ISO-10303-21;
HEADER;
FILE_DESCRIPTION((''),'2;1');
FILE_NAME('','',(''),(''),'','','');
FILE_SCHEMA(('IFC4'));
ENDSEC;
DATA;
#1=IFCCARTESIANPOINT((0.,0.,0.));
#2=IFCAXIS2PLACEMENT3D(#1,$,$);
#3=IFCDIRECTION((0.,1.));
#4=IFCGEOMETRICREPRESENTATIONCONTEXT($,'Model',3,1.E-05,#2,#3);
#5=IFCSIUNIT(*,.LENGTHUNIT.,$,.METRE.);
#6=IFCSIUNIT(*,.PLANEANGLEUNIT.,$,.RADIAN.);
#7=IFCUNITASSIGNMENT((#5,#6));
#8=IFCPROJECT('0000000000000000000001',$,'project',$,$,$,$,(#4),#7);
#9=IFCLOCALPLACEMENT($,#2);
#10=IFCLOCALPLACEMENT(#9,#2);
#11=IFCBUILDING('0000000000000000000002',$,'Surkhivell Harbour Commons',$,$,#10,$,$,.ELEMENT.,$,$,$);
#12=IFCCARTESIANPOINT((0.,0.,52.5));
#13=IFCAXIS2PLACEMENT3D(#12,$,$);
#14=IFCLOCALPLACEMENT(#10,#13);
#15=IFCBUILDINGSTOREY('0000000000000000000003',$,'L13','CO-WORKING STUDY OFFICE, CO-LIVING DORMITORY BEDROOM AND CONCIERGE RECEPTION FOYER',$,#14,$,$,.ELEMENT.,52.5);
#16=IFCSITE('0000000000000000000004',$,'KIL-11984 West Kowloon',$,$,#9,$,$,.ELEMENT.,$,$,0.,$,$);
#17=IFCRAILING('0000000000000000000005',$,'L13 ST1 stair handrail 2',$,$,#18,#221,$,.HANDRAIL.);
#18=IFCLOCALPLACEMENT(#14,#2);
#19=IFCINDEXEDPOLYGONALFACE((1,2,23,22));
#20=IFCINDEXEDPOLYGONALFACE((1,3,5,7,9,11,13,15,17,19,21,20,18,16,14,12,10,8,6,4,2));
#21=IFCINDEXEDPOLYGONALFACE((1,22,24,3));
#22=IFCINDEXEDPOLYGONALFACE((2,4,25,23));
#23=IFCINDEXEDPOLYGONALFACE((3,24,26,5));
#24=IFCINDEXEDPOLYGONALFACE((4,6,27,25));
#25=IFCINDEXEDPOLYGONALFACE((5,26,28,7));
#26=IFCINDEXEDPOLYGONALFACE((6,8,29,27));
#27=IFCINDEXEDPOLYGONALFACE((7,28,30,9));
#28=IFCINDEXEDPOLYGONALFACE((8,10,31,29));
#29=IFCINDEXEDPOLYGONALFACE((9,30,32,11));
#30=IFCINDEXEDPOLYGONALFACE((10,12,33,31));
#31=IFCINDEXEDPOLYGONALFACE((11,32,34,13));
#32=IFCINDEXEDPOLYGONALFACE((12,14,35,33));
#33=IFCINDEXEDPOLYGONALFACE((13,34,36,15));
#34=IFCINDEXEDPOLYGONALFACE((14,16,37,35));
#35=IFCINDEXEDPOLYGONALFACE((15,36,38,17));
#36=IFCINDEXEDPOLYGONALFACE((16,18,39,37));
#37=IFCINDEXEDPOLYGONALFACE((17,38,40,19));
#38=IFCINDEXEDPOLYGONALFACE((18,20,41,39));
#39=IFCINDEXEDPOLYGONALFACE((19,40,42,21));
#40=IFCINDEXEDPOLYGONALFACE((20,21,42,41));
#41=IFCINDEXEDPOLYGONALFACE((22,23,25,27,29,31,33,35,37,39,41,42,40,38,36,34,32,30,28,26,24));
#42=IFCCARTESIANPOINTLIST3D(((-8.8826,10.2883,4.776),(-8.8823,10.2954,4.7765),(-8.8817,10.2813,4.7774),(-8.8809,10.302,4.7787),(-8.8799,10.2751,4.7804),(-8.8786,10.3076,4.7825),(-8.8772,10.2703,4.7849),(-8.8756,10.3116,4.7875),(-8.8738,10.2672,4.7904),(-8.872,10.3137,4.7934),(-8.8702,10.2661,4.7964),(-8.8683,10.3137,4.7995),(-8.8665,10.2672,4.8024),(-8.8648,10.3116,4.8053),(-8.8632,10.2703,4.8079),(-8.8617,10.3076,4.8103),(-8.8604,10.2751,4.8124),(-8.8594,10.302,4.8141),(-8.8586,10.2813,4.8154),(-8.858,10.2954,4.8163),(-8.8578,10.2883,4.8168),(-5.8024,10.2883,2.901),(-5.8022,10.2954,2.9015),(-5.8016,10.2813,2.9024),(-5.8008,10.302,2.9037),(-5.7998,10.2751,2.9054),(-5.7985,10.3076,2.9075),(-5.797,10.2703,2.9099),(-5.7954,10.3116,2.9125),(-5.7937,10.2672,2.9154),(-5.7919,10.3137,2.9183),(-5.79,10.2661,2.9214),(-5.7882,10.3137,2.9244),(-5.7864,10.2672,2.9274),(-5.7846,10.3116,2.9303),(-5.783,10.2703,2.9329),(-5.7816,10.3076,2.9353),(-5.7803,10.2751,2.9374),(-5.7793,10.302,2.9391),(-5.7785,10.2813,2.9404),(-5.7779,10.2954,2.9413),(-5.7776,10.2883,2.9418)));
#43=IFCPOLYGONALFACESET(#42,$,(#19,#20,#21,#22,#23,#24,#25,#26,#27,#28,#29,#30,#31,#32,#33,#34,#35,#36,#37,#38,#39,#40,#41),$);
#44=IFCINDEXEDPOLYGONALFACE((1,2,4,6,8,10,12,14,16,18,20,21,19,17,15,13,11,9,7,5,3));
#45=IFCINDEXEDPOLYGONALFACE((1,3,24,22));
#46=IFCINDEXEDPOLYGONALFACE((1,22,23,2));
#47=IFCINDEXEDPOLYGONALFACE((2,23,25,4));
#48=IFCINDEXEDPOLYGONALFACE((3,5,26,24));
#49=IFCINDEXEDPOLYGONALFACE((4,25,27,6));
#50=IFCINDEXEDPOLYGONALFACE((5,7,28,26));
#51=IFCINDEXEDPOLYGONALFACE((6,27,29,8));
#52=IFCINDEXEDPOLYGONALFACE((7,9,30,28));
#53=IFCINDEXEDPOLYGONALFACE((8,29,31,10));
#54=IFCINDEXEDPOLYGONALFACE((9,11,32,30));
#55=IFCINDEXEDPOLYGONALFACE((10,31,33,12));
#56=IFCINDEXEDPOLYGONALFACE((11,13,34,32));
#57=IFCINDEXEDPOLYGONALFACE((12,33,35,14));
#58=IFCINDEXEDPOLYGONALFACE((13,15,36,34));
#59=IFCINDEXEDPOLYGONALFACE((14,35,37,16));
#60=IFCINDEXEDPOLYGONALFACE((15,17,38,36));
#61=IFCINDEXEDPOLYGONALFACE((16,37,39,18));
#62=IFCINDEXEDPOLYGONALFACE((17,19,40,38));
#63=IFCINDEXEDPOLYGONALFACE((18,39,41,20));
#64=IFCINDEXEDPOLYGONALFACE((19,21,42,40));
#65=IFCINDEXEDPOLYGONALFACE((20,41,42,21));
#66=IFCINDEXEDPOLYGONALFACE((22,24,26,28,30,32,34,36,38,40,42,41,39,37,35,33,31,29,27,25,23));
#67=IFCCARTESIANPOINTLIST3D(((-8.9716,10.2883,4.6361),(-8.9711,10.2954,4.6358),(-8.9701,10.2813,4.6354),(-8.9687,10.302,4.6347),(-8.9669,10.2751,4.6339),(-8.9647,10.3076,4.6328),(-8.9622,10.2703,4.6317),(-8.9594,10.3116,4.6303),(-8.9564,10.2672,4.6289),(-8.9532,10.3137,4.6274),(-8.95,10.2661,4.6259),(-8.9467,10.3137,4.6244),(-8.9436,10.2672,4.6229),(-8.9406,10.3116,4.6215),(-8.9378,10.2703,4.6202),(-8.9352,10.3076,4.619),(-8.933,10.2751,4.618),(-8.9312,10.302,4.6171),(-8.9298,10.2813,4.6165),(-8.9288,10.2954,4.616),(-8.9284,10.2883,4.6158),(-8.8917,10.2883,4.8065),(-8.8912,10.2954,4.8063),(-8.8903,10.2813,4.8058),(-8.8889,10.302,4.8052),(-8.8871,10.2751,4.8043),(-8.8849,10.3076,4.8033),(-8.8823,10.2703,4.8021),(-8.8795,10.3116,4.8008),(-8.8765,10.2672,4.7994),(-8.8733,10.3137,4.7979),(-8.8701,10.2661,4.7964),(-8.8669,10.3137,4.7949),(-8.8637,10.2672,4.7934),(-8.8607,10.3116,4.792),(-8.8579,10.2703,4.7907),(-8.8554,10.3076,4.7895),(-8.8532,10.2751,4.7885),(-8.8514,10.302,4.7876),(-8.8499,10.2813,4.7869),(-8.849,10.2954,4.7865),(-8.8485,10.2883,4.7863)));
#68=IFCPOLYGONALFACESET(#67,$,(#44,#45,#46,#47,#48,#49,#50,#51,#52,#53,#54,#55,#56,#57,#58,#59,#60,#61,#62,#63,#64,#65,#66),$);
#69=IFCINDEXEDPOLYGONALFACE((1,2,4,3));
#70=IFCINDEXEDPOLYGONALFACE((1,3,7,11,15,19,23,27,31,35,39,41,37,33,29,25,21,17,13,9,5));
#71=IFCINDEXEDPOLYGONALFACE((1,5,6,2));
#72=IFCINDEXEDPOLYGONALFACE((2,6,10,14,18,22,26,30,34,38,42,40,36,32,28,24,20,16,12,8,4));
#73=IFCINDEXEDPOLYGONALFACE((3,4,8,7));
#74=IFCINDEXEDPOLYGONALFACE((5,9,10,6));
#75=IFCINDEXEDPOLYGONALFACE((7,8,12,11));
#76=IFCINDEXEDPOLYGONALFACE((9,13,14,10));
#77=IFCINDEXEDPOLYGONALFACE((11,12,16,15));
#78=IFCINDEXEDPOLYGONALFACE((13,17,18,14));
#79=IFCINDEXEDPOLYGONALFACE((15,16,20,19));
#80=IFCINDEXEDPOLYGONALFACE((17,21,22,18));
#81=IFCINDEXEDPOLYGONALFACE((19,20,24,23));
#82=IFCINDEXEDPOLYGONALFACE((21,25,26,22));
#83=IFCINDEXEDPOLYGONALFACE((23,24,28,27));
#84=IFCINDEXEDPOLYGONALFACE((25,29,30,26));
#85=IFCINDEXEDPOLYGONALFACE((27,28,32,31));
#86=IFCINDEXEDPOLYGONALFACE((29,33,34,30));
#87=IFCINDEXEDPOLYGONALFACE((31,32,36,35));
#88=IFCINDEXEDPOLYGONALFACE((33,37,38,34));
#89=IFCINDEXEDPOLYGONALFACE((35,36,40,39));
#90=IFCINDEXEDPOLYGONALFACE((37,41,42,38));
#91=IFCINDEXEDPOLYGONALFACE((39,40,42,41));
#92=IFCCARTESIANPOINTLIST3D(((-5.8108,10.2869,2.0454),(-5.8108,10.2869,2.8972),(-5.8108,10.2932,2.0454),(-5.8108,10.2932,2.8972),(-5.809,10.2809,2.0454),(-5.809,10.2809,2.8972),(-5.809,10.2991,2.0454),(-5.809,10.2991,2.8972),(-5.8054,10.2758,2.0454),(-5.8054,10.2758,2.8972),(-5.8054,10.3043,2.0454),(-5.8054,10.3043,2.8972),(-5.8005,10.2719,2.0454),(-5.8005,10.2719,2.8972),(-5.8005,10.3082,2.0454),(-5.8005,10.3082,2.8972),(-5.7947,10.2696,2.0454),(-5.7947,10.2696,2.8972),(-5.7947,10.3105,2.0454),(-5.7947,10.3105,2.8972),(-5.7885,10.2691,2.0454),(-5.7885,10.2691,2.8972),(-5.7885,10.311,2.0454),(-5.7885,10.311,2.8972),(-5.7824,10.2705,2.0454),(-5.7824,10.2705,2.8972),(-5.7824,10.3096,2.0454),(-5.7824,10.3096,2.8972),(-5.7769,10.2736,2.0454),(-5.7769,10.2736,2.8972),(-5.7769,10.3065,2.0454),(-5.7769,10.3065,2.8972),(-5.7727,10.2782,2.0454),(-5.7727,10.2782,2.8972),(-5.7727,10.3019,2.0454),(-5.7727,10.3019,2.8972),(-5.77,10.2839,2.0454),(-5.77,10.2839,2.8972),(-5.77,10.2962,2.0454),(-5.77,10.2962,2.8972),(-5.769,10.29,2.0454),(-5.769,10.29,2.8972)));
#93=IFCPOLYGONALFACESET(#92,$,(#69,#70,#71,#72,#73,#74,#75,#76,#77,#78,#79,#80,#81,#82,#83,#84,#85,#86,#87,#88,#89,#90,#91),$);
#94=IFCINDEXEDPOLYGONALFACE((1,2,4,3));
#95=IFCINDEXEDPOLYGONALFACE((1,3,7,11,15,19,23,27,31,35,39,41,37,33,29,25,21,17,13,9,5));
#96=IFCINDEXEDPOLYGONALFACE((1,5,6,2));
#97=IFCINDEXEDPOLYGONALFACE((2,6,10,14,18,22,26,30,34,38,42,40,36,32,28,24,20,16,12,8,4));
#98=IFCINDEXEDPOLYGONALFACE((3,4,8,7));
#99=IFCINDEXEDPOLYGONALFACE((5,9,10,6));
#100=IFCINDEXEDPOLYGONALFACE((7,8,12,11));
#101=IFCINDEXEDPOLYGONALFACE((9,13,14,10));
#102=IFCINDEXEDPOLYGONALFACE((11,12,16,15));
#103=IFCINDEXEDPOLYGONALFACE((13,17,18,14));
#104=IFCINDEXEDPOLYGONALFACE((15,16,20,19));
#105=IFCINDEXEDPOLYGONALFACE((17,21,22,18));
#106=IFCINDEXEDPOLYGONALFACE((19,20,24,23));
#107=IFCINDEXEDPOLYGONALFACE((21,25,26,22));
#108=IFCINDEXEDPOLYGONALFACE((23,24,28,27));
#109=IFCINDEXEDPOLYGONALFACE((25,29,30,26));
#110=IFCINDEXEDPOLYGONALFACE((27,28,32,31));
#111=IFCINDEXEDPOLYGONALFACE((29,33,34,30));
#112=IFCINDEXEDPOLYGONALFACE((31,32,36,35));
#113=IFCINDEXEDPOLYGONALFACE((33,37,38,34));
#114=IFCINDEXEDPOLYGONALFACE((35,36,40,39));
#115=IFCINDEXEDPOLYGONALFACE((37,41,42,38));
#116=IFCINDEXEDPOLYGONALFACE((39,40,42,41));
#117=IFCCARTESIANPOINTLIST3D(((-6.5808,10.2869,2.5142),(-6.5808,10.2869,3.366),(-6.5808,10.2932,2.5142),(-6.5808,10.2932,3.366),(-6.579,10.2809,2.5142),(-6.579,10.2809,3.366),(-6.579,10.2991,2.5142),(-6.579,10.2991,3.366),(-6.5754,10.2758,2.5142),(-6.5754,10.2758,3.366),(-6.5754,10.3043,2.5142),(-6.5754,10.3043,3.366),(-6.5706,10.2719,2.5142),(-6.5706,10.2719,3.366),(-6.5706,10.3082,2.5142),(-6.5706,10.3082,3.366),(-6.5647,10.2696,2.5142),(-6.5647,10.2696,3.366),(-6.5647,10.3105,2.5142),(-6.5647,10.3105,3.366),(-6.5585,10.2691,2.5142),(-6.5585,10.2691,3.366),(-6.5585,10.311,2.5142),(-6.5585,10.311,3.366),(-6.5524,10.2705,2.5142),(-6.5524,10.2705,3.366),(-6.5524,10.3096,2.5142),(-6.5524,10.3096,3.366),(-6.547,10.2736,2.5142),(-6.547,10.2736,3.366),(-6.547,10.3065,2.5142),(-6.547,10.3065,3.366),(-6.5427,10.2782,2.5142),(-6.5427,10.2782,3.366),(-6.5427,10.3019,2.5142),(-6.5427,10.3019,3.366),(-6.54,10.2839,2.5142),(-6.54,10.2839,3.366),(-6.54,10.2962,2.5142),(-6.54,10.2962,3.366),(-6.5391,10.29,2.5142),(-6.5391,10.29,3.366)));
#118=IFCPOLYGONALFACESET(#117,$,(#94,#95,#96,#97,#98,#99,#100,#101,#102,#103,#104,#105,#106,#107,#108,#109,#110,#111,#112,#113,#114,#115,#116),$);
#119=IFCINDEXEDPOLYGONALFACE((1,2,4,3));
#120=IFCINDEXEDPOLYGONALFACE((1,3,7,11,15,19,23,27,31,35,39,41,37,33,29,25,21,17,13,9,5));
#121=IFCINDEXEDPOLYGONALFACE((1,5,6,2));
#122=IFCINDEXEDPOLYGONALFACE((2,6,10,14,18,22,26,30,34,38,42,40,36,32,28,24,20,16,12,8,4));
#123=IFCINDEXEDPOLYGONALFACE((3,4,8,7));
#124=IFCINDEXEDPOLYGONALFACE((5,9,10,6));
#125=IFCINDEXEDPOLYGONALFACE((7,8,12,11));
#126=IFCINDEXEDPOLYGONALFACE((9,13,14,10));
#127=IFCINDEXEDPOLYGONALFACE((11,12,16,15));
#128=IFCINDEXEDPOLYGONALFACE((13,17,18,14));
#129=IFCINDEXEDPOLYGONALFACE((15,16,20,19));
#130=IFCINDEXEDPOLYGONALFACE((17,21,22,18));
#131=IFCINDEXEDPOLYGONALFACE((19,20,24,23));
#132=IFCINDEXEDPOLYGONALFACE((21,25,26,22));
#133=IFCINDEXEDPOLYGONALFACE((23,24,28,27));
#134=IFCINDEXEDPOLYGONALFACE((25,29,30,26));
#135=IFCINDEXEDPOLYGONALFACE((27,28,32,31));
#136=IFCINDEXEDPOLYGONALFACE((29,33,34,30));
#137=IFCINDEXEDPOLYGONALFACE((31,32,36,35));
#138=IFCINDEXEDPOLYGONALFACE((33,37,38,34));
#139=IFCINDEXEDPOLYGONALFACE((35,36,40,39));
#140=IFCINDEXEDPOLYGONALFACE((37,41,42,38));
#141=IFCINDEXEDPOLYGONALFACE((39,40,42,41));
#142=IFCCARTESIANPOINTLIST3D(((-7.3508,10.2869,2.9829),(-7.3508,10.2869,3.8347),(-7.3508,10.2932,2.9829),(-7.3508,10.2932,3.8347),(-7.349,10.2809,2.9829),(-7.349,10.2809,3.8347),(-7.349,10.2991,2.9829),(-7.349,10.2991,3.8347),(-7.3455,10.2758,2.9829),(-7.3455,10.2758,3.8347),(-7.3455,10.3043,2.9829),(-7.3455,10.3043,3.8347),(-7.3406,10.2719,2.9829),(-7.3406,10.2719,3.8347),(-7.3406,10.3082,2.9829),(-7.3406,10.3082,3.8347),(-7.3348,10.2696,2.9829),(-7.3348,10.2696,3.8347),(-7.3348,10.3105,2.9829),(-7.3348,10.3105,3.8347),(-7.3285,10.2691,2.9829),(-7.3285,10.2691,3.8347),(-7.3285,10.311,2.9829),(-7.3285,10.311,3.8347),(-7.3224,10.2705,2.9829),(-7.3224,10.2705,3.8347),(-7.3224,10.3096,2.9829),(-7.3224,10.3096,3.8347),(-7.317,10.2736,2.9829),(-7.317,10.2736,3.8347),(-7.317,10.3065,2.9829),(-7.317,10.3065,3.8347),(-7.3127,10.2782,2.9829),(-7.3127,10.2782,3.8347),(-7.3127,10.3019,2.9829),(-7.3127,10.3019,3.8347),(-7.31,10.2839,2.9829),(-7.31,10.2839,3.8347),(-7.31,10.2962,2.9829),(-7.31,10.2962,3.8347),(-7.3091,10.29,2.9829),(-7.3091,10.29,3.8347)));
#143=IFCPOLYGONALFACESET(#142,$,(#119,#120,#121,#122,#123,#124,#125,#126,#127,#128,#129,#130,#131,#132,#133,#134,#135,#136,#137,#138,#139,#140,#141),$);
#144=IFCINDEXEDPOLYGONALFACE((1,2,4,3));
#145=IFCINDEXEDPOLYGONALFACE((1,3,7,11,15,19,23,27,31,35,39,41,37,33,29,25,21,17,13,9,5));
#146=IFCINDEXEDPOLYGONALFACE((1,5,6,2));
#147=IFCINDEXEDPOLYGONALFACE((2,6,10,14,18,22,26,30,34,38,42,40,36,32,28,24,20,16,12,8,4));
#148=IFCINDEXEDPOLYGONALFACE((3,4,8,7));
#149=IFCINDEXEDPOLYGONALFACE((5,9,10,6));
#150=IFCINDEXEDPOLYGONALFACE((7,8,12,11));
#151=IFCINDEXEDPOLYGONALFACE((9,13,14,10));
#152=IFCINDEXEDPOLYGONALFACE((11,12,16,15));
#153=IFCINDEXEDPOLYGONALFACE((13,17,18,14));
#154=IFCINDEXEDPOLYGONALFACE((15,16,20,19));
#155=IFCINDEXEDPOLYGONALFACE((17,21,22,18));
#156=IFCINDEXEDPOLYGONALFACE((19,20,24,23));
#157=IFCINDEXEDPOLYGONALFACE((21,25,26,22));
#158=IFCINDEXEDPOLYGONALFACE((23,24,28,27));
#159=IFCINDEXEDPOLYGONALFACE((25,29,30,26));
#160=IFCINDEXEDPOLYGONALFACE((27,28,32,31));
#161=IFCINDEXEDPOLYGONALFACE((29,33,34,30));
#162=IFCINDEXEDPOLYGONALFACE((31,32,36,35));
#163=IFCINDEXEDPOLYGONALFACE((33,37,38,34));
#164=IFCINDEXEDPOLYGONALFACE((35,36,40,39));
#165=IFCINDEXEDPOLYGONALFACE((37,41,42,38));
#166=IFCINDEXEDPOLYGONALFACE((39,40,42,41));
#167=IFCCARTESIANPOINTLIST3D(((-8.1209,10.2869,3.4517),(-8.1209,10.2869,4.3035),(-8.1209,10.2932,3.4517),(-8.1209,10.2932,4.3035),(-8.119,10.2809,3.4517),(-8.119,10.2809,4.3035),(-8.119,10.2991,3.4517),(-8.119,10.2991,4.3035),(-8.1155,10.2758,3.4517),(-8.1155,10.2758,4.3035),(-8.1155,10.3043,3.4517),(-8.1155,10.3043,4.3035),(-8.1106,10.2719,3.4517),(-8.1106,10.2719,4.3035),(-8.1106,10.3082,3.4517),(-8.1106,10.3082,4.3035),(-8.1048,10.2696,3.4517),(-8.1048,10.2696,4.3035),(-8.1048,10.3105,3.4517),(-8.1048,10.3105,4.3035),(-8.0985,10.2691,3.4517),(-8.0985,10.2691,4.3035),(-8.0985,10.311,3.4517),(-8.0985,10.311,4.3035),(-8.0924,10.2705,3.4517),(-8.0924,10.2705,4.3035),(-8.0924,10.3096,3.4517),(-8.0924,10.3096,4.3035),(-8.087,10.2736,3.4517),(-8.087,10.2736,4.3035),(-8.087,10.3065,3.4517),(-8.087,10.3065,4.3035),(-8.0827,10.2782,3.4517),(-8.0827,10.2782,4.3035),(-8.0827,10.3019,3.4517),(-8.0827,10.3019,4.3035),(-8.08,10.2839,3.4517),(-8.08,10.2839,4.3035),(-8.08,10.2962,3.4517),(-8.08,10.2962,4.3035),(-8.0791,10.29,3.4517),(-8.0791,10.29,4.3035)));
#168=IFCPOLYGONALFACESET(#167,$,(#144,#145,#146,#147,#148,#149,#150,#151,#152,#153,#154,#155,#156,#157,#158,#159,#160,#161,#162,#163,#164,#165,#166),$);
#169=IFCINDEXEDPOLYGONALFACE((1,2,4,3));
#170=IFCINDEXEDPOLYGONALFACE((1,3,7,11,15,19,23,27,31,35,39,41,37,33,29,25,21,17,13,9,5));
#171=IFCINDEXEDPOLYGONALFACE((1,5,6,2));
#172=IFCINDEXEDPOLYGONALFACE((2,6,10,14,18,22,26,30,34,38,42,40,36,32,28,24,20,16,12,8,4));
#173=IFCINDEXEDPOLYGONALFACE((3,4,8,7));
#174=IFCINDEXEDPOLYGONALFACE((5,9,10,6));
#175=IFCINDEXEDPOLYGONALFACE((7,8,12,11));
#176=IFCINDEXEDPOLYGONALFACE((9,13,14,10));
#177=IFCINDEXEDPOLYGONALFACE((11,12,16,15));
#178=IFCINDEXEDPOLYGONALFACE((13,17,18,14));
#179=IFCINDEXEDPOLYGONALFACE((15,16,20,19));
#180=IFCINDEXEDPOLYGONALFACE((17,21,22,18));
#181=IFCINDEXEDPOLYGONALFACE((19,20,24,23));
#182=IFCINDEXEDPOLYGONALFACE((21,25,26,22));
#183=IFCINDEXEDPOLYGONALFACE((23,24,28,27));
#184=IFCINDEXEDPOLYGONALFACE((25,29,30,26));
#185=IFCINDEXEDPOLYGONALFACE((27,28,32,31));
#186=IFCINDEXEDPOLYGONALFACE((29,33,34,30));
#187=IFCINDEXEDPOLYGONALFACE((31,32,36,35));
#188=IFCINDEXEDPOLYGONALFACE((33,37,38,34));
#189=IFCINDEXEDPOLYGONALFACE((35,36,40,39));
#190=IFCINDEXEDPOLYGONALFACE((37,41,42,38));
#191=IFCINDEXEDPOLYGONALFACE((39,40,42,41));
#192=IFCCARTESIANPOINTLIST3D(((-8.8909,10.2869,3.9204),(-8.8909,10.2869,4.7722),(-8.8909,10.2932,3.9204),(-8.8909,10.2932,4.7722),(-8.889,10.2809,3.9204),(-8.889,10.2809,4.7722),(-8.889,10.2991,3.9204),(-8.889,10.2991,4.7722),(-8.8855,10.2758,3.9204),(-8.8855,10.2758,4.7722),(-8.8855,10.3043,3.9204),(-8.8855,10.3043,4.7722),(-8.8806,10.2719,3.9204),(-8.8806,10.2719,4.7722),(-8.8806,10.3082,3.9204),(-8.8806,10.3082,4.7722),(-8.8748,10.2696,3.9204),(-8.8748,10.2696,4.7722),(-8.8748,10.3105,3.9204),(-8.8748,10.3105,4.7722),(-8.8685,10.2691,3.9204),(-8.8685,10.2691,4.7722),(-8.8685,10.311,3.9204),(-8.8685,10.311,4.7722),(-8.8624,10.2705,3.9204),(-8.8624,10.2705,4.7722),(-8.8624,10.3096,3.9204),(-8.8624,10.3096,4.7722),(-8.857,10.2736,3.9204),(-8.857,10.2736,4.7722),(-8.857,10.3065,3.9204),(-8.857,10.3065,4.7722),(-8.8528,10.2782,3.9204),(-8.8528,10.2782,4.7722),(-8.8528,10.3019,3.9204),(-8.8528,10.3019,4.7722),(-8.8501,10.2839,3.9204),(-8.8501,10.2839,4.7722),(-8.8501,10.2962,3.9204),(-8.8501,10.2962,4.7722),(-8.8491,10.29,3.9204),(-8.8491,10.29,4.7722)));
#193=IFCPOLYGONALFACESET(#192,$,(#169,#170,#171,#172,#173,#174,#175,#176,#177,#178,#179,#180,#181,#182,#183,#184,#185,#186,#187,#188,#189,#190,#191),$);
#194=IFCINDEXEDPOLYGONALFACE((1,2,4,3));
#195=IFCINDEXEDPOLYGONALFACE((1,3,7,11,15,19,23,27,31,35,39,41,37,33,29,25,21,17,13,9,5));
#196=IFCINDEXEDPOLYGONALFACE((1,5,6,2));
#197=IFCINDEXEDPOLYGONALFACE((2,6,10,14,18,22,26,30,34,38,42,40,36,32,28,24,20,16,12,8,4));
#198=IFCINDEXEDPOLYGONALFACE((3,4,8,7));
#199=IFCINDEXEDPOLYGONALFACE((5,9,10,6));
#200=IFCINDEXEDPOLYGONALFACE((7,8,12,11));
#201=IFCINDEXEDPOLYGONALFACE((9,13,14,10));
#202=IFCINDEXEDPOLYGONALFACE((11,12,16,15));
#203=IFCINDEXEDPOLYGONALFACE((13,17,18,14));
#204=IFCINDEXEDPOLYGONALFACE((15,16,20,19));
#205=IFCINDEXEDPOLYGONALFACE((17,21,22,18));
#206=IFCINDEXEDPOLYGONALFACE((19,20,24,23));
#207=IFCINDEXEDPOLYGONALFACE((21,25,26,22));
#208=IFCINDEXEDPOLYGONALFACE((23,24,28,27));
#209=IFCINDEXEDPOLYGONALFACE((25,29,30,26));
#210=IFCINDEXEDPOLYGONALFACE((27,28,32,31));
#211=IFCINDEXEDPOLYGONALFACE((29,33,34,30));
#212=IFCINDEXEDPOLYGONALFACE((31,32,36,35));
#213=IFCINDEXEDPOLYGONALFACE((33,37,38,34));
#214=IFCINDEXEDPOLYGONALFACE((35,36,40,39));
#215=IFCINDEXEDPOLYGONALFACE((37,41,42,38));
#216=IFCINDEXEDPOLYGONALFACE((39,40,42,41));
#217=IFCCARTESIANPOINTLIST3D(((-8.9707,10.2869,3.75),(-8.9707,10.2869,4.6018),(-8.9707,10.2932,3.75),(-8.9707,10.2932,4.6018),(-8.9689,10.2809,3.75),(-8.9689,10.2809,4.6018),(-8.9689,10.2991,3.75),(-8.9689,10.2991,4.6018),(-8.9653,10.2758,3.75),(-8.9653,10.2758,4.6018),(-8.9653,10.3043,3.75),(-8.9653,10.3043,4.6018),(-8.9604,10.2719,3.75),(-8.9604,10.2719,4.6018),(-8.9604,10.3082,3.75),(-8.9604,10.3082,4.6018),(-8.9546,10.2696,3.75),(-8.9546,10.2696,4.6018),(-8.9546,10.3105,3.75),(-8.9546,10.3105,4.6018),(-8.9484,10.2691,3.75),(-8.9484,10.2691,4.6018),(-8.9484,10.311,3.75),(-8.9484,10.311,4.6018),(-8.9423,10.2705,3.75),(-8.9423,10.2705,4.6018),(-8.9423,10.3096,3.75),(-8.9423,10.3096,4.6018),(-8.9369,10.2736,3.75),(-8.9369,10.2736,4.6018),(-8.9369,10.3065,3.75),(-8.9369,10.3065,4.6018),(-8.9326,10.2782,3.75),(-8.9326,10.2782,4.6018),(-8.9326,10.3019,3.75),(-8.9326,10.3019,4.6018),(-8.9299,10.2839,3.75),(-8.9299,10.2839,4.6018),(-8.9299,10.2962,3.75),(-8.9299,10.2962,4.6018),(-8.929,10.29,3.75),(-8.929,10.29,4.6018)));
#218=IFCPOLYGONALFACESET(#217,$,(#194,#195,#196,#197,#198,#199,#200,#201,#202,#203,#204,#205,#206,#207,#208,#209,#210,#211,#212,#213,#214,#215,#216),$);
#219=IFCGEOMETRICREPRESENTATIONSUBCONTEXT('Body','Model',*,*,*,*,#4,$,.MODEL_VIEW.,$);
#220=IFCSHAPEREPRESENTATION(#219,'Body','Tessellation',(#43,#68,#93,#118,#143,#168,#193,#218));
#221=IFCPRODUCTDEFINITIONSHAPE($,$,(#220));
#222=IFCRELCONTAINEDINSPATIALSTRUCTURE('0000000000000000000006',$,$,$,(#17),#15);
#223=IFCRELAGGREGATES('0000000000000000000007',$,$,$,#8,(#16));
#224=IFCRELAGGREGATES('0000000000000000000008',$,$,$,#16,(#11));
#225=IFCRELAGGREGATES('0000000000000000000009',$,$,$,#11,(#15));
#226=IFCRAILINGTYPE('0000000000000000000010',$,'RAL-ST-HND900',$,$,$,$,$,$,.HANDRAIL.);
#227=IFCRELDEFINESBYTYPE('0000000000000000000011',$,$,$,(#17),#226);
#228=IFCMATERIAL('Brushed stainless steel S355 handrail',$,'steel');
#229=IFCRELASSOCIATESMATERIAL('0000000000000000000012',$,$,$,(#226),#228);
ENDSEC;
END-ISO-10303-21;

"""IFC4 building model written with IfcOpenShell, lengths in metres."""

from ifc_helpers import new_model, si_unit, direction, frame, origin, origin_2d, place, context, subcontext, project, spatial, circle, extrude, material, type_object, element, save


model = new_model("IFC4")

# Units and contexts
model_context = context("Model", 3, precision=1e-05, world=origin(), true_north=direction((0.0, 1.0)))
body_context = subcontext(model_context, "Body", "Model", "MODEL_VIEW")
ifc_project = project(units=[si_unit("LENGTHUNIT", "METRE"), si_unit("PLANEANGLEUNIT", "RADIAN")], contexts=[model_context])

# Site, building, storey
site_placement = place(None, origin())
site = spatial("IfcSite", under=ifc_project, at=site_placement, Name="KIL-11984 West Kowloon", CompositionType="ELEMENT", RefElevation=0.0)
building_placement = place(site_placement, origin())
building = spatial("IfcBuilding", under=site, at=building_placement, Name="Surkhivell Harbour Commons", CompositionType="ELEMENT")
storey_placement = place(building_placement, frame((0.0, 0.0, 52.5)))
storey = spatial("IfcBuildingStorey", under=building, at=storey_placement, Name="L13", Description="CO-WORKING STUDY OFFICE, CO-LIVING DORMITORY BEDROOM AND CONCIERGE RECEPTION FOYER", CompositionType="ELEMENT", Elevation=52.5)

# Railing
ifc_material_1 = material(Name="Brushed stainless steel S355 handrail", Category="steel")
railing_type_1 = type_object("IfcRailingType", Name="RAL-ST-HND900", PredefinedType="HANDRAIL", material=ifc_material_1)
railing_1_placement = place(storey_placement, frame((-5.79, 10.29, 2.0454)))
element("IfcRailing", 1, at=railing_1_placement, inside=storey, type_object=railing_type_1, Name="L13 ST1 stair handrail 2", PredefinedType="HANDRAIL", context=body_context, shape_type="SweptSolid", body=[
    extrude(circle(Radius=0.0239, at=origin_2d()), frame((0.0, 0.0, 0.876), z_axis=(-0.854178, 0.0, 0.519981), x_axis=(0.0, -1.0, 0.0)), (0.0, 0.0, 1.0), 3.606),
    extrude(circle(Radius=0.0239, at=origin_2d()), frame((-3.0801, 0.0, 2.751), z_axis=(-0.424234, 0.0, -0.905552), x_axis=(0.0, -1.0, 0.0)), (0.0, 0.0, 1.0), 0.1882),
    extrude(circle(Radius=0.021, at=origin_2d()), origin(), (0.0, 0.0, 1.0), 0.8518),
    extrude(circle(Radius=0.021, at=origin_2d()), frame((-0.77, 0.0, 0.4688)), (0.0, 0.0, 1.0), 0.8518),
    extrude(circle(Radius=0.021, at=origin_2d()), frame((-1.54, 0.0, 0.9375)), (0.0, 0.0, 1.0), 0.8518),
    extrude(circle(Radius=0.021, at=origin_2d()), frame((-2.3101, 0.0, 1.4062)), (0.0, 0.0, 1.0), 0.8518),
    extrude(circle(Radius=0.021, at=origin_2d()), frame((-3.0801, 0.0, 1.875)), (0.0, 0.0, 1.0), 0.8518),
    extrude(circle(Radius=0.021, at=origin_2d()), frame((-3.1599, 0.0, 1.7046)), (0.0, 0.0, 1.0), 0.8518),
])

save(model, "model.ifc")
